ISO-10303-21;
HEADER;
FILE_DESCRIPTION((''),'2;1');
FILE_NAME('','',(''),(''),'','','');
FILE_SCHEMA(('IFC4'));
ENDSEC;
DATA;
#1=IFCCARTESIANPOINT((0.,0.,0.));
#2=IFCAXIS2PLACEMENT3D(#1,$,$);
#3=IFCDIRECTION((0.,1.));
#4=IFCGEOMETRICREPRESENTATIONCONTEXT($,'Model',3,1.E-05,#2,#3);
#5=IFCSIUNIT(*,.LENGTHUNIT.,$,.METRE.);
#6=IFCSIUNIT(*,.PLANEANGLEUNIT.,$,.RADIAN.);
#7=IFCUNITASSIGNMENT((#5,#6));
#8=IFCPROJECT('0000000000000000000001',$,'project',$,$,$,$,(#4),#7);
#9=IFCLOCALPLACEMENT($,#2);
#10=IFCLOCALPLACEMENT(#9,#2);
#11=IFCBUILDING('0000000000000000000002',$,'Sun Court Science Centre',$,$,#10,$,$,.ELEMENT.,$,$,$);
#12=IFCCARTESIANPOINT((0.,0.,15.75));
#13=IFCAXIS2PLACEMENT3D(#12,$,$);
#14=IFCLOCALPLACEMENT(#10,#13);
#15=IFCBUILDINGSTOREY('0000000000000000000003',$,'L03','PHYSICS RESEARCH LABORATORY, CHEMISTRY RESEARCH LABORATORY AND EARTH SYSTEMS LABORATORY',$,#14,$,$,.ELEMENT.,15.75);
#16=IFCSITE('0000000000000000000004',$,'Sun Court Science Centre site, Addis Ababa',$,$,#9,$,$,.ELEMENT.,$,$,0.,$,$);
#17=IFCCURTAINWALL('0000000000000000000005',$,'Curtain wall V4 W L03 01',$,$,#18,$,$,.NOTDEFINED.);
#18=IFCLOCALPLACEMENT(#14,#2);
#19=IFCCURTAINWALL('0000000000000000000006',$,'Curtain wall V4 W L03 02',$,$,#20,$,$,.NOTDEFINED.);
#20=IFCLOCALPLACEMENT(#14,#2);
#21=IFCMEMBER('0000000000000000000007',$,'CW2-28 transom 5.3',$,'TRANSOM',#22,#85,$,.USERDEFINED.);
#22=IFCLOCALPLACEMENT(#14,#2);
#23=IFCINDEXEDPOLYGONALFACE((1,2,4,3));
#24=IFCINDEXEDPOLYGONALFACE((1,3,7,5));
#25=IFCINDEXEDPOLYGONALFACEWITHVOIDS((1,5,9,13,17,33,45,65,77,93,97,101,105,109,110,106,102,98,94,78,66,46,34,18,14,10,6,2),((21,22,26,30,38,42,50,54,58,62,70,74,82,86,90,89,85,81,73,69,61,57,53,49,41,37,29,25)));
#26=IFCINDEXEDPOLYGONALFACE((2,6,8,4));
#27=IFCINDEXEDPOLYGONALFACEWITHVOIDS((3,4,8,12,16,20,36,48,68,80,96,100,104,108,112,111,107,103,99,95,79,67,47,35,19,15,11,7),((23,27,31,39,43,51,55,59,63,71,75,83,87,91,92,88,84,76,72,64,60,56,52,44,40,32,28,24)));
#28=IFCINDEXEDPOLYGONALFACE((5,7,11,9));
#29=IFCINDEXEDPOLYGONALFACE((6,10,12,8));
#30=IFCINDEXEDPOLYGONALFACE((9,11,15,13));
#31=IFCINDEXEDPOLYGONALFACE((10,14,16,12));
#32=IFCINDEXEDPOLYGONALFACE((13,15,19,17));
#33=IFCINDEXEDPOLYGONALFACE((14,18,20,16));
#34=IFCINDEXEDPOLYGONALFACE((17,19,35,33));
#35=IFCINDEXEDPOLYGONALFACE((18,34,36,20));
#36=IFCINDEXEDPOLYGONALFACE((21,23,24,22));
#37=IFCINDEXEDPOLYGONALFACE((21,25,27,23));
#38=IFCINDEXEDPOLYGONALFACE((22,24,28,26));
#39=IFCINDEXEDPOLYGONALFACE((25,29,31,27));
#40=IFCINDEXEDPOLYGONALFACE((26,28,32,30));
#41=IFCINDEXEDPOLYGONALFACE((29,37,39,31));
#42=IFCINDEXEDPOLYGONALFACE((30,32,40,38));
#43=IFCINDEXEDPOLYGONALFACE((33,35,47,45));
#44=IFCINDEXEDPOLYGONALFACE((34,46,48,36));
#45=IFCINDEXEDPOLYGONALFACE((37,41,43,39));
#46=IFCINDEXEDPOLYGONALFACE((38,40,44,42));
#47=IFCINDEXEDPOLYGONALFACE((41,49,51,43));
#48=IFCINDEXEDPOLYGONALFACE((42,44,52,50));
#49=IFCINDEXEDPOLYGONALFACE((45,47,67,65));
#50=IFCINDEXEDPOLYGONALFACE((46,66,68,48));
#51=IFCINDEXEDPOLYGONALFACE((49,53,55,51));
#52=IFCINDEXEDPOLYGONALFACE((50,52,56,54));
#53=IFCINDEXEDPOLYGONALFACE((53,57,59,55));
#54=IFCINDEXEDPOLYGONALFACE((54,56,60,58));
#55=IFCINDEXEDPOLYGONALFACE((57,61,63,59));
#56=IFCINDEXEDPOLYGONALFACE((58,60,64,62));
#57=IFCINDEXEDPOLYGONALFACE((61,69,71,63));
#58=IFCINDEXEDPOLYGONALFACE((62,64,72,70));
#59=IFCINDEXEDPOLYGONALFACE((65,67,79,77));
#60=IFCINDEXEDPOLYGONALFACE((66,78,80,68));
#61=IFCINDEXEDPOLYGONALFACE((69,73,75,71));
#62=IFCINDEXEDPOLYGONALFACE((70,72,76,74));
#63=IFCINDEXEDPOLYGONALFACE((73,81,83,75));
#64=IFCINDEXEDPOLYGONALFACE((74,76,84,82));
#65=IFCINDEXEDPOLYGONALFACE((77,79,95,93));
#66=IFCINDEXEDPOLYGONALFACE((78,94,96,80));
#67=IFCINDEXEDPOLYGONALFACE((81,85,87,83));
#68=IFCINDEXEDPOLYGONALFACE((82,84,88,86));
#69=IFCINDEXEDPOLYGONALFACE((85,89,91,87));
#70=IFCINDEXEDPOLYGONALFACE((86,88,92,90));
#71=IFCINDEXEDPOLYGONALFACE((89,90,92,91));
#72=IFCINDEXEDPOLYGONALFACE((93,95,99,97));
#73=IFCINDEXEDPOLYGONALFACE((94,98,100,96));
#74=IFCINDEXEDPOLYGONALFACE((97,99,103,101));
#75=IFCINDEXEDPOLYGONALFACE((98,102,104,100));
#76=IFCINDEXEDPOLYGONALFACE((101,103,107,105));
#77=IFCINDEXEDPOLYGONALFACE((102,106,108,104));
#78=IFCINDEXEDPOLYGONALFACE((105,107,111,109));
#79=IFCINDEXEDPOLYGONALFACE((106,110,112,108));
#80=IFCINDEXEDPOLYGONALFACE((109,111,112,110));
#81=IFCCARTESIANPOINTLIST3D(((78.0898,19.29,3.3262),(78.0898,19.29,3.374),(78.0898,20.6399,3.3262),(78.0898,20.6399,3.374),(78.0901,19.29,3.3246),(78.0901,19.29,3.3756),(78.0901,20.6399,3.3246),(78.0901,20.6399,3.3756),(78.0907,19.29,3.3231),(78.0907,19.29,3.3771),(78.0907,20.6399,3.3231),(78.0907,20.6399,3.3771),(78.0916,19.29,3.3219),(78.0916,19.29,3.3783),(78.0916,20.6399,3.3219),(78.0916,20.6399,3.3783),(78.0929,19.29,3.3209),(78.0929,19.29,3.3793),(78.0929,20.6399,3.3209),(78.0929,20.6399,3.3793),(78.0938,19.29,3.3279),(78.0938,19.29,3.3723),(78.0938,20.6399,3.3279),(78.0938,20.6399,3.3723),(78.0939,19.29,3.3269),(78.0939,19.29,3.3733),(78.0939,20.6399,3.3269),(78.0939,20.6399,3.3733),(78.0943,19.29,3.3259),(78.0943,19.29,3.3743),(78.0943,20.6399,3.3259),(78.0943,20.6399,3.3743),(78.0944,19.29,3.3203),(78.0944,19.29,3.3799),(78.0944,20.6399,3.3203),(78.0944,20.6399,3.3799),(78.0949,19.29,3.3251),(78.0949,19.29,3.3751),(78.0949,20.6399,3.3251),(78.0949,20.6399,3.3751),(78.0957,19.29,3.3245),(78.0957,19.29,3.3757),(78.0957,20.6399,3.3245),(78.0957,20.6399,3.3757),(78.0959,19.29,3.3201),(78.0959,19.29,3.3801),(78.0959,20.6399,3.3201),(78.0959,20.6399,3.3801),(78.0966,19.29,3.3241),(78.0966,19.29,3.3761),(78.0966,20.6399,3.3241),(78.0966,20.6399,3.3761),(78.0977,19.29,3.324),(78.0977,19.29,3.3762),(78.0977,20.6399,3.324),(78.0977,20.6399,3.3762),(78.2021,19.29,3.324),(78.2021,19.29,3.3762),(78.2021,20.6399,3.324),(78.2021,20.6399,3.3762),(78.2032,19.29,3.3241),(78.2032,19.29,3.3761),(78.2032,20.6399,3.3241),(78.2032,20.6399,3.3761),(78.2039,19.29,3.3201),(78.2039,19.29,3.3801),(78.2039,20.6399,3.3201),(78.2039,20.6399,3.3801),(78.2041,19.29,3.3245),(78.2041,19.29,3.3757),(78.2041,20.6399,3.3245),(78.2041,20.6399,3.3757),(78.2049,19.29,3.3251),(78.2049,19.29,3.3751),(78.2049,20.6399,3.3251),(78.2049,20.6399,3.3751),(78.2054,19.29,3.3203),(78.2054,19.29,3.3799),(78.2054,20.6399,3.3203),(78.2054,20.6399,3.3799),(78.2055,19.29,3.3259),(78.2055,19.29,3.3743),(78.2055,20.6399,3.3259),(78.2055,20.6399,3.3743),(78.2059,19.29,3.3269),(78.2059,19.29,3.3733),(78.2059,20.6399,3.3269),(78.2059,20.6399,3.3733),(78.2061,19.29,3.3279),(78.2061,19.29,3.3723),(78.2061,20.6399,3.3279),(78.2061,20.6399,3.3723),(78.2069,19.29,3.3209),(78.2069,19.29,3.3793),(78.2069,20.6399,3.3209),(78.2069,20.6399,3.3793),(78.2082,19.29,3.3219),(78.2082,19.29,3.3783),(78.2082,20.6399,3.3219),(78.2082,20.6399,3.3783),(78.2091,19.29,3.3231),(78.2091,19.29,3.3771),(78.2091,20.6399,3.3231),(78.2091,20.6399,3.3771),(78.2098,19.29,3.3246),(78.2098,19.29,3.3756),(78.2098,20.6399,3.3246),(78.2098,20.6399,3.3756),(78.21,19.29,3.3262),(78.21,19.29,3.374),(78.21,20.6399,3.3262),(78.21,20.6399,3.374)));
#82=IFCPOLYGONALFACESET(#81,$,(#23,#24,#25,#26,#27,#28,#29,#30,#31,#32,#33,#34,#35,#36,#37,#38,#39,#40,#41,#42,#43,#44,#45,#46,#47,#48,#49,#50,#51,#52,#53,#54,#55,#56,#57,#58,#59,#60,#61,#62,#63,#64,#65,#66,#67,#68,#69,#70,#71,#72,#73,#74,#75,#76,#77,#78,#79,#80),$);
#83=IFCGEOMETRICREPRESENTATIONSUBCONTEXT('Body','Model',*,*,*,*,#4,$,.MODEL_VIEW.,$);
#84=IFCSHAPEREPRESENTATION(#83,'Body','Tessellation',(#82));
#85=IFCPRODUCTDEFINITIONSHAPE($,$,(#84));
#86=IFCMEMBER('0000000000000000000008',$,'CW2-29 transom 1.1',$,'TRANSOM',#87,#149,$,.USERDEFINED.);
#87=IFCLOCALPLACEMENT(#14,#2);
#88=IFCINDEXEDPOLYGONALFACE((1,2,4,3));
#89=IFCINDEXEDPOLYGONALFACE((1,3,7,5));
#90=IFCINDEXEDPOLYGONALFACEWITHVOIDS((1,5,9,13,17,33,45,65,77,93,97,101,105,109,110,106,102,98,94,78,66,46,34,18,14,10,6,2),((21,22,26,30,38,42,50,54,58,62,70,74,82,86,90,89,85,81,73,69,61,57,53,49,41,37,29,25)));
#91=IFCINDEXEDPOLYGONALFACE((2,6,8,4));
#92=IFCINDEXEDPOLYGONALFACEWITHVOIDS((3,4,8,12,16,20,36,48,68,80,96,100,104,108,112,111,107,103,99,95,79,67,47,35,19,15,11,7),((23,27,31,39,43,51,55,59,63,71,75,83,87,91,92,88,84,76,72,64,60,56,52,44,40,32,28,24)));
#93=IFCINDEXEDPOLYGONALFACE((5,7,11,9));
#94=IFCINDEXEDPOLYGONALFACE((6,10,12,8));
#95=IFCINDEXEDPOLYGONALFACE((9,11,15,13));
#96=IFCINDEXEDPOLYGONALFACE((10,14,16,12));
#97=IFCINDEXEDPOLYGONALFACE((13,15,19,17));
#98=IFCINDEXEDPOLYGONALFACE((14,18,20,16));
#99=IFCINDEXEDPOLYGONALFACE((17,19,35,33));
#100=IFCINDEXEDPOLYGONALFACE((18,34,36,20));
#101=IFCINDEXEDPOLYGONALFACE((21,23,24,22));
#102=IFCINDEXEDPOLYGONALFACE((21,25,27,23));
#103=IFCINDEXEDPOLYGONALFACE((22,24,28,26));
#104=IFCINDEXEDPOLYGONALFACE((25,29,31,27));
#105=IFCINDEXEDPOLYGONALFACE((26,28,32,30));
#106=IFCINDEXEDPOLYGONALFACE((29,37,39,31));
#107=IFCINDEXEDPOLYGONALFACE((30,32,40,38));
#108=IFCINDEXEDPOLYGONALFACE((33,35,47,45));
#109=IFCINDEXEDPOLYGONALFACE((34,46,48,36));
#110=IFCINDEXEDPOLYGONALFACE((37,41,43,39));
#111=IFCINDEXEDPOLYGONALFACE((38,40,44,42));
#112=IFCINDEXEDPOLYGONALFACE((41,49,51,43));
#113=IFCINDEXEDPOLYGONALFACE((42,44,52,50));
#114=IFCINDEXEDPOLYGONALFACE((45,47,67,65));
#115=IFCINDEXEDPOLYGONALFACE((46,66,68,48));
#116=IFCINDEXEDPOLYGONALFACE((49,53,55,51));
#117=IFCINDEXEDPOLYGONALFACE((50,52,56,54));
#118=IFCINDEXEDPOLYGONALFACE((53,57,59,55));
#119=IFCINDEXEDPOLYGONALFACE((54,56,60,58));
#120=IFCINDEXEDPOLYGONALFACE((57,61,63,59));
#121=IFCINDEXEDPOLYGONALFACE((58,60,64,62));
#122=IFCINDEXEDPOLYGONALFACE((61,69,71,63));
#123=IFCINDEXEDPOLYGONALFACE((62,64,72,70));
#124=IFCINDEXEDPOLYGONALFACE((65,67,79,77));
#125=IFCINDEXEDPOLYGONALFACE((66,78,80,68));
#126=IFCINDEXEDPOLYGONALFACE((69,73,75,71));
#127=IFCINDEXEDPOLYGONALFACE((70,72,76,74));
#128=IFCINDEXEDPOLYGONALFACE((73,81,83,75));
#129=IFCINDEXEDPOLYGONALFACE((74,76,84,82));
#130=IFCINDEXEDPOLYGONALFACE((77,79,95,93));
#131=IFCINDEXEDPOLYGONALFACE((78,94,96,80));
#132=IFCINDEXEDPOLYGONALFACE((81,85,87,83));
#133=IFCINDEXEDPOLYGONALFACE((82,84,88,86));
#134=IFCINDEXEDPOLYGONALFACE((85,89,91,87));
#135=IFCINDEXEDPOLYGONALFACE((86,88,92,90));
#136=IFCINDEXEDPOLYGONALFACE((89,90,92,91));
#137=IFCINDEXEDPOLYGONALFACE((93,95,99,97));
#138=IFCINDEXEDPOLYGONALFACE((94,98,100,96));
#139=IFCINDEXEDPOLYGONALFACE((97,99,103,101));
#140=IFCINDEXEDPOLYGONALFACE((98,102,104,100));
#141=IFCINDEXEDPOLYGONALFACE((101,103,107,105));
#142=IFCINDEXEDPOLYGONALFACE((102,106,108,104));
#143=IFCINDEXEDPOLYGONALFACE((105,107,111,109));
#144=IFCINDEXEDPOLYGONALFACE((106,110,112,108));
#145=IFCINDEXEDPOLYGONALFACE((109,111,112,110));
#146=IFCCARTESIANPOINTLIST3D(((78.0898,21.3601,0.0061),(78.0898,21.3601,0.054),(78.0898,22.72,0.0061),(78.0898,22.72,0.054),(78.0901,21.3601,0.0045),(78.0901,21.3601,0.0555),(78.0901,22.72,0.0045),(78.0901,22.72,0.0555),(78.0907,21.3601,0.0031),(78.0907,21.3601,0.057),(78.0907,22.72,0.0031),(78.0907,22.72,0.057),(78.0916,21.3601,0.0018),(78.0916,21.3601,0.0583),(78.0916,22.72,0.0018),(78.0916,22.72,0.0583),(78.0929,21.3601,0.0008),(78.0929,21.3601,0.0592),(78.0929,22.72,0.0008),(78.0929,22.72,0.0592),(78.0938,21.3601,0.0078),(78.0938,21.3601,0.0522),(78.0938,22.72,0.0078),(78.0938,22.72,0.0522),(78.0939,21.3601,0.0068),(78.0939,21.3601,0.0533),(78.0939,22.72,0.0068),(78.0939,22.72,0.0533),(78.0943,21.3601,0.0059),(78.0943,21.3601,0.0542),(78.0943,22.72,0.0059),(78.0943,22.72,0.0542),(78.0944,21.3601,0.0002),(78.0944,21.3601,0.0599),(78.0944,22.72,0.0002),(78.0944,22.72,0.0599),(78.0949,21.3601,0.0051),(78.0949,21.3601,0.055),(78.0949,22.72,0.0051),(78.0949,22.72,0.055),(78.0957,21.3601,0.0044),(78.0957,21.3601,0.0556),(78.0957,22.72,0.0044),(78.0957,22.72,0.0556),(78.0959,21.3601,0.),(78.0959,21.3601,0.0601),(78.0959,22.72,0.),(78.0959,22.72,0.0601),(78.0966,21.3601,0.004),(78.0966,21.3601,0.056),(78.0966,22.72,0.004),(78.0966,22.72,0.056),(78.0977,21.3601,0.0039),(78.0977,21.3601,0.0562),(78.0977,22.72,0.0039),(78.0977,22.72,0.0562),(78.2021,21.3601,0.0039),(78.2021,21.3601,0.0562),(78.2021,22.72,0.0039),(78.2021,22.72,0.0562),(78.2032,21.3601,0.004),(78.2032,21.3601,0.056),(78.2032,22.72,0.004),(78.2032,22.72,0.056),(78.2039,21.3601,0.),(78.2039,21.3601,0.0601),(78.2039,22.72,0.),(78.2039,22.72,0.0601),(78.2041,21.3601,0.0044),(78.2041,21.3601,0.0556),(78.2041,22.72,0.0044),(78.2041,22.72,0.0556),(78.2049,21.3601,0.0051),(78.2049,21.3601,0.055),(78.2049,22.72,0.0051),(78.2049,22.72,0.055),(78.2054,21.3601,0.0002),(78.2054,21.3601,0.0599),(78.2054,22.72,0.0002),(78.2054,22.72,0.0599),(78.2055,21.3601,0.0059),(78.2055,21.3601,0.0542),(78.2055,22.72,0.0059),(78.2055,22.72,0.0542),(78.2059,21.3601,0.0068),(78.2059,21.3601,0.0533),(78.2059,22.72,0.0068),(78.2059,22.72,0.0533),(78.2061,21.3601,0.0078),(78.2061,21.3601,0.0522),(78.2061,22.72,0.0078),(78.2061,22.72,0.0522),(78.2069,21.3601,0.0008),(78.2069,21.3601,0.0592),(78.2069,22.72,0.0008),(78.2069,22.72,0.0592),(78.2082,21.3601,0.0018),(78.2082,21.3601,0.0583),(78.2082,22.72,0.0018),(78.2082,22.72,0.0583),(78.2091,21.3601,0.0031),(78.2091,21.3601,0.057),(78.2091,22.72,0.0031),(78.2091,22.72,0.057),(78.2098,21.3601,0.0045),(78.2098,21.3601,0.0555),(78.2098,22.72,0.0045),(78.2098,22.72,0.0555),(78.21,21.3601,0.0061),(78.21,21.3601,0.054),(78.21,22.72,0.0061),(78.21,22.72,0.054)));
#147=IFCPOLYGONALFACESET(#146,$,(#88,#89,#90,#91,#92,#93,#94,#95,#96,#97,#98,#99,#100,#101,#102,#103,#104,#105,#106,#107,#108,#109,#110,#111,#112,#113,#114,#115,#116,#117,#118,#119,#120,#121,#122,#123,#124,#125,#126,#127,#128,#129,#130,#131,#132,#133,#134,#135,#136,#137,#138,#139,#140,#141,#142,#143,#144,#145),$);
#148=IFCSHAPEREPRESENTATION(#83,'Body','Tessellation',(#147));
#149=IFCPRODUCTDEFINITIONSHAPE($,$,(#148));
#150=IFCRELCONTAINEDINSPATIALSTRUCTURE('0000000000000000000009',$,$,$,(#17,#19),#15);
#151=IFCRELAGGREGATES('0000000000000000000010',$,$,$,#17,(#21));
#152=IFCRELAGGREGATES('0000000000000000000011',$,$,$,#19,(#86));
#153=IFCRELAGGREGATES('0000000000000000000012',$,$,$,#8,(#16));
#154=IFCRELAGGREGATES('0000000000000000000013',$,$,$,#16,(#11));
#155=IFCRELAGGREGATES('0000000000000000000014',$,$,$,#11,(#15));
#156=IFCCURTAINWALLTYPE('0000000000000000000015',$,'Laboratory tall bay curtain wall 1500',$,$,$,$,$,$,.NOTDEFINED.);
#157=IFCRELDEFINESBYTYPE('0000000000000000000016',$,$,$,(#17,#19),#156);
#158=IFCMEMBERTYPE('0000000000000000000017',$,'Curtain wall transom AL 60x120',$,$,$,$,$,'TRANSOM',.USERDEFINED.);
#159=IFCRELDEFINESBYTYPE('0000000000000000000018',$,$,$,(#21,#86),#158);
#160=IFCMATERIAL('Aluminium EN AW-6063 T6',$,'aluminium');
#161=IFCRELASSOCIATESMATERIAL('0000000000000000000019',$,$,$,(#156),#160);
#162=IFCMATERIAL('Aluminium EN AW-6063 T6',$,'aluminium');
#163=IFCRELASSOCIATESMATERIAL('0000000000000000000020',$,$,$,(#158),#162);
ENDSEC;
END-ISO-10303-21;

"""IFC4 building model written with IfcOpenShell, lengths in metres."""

from ifc_helpers import new_model, si_unit, direction, frame, origin, origin_2d, place, context, subcontext, project, spatial, hollow_rectangle, extrude, material, material_profile, profile_set, type_object, element, aggregate, save


model = new_model("IFC4")

# Units and contexts
model_context = context("Model", 3, precision=1e-05, world=origin(), true_north=direction((0.0, 1.0)))
body_context = subcontext(model_context, "Body", "Model", "MODEL_VIEW")
ifc_project = project(units=[si_unit("LENGTHUNIT", "METRE"), si_unit("PLANEANGLEUNIT", "RADIAN")], contexts=[model_context])

# Site, building, storey
site_placement = place(None, origin())
site = spatial("IfcSite", under=ifc_project, at=site_placement, Name="Sun Court Science Centre site, Addis Ababa", CompositionType="ELEMENT", RefElevation=0.0)
building_placement = place(site_placement, origin())
building = spatial("IfcBuilding", under=site, at=building_placement, Name="Sun Court Science Centre", CompositionType="ELEMENT")
storey_placement = place(building_placement, frame((0.0, 0.0, 15.75)))
storey = spatial("IfcBuildingStorey", under=building, at=storey_placement, Name="L03", Description="PHYSICS RESEARCH LABORATORY, CHEMISTRY RESEARCH LABORATORY AND EARTH SYSTEMS LABORATORY", CompositionType="ELEMENT", Elevation=15.75)

# Curtain wall
ifc_material_1 = material(Name="Aluminium EN AW-6063 T6", Category="aluminium")
curtain_wall_type = type_object("IfcCurtainWallType", Name="Laboratory tall bay curtain wall 1500", PredefinedType="NOTDEFINED", material=ifc_material_1)
curtain_wall_1_placement = place(storey_placement, origin())
curtain_wall_1 = element("IfcCurtainWall", 1, at=curtain_wall_1_placement, inside=storey, type_object=curtain_wall_type, Name="Curtain wall V4 W L03 01", PredefinedType="NOTDEFINED")

# Curtain wall
curtain_wall_2_placement = place(storey_placement, origin())
curtain_wall_2 = element("IfcCurtainWall", 2, at=curtain_wall_2_placement, inside=storey, type_object=curtain_wall_type, Name="Curtain wall V4 W L03 02", PredefinedType="NOTDEFINED")

# Members
ifc_material_2 = material(Name="Aluminium EN AW-6063 T6", Category="aluminium")
ifc_material_profile_1 = material_profile(ifc_material_2, hollow_rectangle(XDim=0.0601, YDim=0.1201, WallThickness=0.0039, InnerFilletRadius=0.0039, OuterFilletRadius=0.0061, at=origin_2d()), Name="AL 60x120x4")
ifc_profile_set_1 = profile_set([ifc_material_profile_1], Name="Aluminium EN AW-6063 T6")
member_type_1 = type_object("IfcMemberType", Name="Curtain wall transom AL 60x120", ElementType="TRANSOM", PredefinedType="USERDEFINED", material=ifc_profile_set_1)
member_1_placement = place(storey_placement, frame((78.1499, 19.29, 3.3501), z_axis=(0.0, 1.0, 0.0), x_axis=(0.0, 0.0, 1.0)))
member_1 = element("IfcMember", 3, at=member_1_placement, type_object=member_type_1, Name="CW2-28 transom 5.3", ObjectType="TRANSOM", PredefinedType="USERDEFINED", context=body_context, shape_type="SweptSolid", body=[
    extrude(hollow_rectangle(XDim=0.0601, YDim=0.1201, WallThickness=0.0039, InnerFilletRadius=0.0039, OuterFilletRadius=0.0061, at=origin_2d()), origin(), (0.0, 0.0, 1.0), 1.3499),
])
member_2_placement = place(storey_placement, frame((78.1499, 21.3601, 0.03), z_axis=(0.0, 1.0, 0.0), x_axis=(0.0, 0.0, 1.0)))
member_2 = element("IfcMember", 4, at=member_2_placement, type_object=member_type_1, Name="CW2-29 transom 1.1", ObjectType="TRANSOM", PredefinedType="USERDEFINED", context=body_context, shape_type="SweptSolid", body=[
    extrude(hollow_rectangle(XDim=0.0601, YDim=0.1201, WallThickness=0.0039, InnerFilletRadius=0.0039, OuterFilletRadius=0.0061, at=origin_2d()), origin(), (0.0, 0.0, 1.0), 1.3599),
])

aggregate(curtain_wall_1, [member_1])
aggregate(curtain_wall_2, [member_2])

save(model, "model.ifc")
